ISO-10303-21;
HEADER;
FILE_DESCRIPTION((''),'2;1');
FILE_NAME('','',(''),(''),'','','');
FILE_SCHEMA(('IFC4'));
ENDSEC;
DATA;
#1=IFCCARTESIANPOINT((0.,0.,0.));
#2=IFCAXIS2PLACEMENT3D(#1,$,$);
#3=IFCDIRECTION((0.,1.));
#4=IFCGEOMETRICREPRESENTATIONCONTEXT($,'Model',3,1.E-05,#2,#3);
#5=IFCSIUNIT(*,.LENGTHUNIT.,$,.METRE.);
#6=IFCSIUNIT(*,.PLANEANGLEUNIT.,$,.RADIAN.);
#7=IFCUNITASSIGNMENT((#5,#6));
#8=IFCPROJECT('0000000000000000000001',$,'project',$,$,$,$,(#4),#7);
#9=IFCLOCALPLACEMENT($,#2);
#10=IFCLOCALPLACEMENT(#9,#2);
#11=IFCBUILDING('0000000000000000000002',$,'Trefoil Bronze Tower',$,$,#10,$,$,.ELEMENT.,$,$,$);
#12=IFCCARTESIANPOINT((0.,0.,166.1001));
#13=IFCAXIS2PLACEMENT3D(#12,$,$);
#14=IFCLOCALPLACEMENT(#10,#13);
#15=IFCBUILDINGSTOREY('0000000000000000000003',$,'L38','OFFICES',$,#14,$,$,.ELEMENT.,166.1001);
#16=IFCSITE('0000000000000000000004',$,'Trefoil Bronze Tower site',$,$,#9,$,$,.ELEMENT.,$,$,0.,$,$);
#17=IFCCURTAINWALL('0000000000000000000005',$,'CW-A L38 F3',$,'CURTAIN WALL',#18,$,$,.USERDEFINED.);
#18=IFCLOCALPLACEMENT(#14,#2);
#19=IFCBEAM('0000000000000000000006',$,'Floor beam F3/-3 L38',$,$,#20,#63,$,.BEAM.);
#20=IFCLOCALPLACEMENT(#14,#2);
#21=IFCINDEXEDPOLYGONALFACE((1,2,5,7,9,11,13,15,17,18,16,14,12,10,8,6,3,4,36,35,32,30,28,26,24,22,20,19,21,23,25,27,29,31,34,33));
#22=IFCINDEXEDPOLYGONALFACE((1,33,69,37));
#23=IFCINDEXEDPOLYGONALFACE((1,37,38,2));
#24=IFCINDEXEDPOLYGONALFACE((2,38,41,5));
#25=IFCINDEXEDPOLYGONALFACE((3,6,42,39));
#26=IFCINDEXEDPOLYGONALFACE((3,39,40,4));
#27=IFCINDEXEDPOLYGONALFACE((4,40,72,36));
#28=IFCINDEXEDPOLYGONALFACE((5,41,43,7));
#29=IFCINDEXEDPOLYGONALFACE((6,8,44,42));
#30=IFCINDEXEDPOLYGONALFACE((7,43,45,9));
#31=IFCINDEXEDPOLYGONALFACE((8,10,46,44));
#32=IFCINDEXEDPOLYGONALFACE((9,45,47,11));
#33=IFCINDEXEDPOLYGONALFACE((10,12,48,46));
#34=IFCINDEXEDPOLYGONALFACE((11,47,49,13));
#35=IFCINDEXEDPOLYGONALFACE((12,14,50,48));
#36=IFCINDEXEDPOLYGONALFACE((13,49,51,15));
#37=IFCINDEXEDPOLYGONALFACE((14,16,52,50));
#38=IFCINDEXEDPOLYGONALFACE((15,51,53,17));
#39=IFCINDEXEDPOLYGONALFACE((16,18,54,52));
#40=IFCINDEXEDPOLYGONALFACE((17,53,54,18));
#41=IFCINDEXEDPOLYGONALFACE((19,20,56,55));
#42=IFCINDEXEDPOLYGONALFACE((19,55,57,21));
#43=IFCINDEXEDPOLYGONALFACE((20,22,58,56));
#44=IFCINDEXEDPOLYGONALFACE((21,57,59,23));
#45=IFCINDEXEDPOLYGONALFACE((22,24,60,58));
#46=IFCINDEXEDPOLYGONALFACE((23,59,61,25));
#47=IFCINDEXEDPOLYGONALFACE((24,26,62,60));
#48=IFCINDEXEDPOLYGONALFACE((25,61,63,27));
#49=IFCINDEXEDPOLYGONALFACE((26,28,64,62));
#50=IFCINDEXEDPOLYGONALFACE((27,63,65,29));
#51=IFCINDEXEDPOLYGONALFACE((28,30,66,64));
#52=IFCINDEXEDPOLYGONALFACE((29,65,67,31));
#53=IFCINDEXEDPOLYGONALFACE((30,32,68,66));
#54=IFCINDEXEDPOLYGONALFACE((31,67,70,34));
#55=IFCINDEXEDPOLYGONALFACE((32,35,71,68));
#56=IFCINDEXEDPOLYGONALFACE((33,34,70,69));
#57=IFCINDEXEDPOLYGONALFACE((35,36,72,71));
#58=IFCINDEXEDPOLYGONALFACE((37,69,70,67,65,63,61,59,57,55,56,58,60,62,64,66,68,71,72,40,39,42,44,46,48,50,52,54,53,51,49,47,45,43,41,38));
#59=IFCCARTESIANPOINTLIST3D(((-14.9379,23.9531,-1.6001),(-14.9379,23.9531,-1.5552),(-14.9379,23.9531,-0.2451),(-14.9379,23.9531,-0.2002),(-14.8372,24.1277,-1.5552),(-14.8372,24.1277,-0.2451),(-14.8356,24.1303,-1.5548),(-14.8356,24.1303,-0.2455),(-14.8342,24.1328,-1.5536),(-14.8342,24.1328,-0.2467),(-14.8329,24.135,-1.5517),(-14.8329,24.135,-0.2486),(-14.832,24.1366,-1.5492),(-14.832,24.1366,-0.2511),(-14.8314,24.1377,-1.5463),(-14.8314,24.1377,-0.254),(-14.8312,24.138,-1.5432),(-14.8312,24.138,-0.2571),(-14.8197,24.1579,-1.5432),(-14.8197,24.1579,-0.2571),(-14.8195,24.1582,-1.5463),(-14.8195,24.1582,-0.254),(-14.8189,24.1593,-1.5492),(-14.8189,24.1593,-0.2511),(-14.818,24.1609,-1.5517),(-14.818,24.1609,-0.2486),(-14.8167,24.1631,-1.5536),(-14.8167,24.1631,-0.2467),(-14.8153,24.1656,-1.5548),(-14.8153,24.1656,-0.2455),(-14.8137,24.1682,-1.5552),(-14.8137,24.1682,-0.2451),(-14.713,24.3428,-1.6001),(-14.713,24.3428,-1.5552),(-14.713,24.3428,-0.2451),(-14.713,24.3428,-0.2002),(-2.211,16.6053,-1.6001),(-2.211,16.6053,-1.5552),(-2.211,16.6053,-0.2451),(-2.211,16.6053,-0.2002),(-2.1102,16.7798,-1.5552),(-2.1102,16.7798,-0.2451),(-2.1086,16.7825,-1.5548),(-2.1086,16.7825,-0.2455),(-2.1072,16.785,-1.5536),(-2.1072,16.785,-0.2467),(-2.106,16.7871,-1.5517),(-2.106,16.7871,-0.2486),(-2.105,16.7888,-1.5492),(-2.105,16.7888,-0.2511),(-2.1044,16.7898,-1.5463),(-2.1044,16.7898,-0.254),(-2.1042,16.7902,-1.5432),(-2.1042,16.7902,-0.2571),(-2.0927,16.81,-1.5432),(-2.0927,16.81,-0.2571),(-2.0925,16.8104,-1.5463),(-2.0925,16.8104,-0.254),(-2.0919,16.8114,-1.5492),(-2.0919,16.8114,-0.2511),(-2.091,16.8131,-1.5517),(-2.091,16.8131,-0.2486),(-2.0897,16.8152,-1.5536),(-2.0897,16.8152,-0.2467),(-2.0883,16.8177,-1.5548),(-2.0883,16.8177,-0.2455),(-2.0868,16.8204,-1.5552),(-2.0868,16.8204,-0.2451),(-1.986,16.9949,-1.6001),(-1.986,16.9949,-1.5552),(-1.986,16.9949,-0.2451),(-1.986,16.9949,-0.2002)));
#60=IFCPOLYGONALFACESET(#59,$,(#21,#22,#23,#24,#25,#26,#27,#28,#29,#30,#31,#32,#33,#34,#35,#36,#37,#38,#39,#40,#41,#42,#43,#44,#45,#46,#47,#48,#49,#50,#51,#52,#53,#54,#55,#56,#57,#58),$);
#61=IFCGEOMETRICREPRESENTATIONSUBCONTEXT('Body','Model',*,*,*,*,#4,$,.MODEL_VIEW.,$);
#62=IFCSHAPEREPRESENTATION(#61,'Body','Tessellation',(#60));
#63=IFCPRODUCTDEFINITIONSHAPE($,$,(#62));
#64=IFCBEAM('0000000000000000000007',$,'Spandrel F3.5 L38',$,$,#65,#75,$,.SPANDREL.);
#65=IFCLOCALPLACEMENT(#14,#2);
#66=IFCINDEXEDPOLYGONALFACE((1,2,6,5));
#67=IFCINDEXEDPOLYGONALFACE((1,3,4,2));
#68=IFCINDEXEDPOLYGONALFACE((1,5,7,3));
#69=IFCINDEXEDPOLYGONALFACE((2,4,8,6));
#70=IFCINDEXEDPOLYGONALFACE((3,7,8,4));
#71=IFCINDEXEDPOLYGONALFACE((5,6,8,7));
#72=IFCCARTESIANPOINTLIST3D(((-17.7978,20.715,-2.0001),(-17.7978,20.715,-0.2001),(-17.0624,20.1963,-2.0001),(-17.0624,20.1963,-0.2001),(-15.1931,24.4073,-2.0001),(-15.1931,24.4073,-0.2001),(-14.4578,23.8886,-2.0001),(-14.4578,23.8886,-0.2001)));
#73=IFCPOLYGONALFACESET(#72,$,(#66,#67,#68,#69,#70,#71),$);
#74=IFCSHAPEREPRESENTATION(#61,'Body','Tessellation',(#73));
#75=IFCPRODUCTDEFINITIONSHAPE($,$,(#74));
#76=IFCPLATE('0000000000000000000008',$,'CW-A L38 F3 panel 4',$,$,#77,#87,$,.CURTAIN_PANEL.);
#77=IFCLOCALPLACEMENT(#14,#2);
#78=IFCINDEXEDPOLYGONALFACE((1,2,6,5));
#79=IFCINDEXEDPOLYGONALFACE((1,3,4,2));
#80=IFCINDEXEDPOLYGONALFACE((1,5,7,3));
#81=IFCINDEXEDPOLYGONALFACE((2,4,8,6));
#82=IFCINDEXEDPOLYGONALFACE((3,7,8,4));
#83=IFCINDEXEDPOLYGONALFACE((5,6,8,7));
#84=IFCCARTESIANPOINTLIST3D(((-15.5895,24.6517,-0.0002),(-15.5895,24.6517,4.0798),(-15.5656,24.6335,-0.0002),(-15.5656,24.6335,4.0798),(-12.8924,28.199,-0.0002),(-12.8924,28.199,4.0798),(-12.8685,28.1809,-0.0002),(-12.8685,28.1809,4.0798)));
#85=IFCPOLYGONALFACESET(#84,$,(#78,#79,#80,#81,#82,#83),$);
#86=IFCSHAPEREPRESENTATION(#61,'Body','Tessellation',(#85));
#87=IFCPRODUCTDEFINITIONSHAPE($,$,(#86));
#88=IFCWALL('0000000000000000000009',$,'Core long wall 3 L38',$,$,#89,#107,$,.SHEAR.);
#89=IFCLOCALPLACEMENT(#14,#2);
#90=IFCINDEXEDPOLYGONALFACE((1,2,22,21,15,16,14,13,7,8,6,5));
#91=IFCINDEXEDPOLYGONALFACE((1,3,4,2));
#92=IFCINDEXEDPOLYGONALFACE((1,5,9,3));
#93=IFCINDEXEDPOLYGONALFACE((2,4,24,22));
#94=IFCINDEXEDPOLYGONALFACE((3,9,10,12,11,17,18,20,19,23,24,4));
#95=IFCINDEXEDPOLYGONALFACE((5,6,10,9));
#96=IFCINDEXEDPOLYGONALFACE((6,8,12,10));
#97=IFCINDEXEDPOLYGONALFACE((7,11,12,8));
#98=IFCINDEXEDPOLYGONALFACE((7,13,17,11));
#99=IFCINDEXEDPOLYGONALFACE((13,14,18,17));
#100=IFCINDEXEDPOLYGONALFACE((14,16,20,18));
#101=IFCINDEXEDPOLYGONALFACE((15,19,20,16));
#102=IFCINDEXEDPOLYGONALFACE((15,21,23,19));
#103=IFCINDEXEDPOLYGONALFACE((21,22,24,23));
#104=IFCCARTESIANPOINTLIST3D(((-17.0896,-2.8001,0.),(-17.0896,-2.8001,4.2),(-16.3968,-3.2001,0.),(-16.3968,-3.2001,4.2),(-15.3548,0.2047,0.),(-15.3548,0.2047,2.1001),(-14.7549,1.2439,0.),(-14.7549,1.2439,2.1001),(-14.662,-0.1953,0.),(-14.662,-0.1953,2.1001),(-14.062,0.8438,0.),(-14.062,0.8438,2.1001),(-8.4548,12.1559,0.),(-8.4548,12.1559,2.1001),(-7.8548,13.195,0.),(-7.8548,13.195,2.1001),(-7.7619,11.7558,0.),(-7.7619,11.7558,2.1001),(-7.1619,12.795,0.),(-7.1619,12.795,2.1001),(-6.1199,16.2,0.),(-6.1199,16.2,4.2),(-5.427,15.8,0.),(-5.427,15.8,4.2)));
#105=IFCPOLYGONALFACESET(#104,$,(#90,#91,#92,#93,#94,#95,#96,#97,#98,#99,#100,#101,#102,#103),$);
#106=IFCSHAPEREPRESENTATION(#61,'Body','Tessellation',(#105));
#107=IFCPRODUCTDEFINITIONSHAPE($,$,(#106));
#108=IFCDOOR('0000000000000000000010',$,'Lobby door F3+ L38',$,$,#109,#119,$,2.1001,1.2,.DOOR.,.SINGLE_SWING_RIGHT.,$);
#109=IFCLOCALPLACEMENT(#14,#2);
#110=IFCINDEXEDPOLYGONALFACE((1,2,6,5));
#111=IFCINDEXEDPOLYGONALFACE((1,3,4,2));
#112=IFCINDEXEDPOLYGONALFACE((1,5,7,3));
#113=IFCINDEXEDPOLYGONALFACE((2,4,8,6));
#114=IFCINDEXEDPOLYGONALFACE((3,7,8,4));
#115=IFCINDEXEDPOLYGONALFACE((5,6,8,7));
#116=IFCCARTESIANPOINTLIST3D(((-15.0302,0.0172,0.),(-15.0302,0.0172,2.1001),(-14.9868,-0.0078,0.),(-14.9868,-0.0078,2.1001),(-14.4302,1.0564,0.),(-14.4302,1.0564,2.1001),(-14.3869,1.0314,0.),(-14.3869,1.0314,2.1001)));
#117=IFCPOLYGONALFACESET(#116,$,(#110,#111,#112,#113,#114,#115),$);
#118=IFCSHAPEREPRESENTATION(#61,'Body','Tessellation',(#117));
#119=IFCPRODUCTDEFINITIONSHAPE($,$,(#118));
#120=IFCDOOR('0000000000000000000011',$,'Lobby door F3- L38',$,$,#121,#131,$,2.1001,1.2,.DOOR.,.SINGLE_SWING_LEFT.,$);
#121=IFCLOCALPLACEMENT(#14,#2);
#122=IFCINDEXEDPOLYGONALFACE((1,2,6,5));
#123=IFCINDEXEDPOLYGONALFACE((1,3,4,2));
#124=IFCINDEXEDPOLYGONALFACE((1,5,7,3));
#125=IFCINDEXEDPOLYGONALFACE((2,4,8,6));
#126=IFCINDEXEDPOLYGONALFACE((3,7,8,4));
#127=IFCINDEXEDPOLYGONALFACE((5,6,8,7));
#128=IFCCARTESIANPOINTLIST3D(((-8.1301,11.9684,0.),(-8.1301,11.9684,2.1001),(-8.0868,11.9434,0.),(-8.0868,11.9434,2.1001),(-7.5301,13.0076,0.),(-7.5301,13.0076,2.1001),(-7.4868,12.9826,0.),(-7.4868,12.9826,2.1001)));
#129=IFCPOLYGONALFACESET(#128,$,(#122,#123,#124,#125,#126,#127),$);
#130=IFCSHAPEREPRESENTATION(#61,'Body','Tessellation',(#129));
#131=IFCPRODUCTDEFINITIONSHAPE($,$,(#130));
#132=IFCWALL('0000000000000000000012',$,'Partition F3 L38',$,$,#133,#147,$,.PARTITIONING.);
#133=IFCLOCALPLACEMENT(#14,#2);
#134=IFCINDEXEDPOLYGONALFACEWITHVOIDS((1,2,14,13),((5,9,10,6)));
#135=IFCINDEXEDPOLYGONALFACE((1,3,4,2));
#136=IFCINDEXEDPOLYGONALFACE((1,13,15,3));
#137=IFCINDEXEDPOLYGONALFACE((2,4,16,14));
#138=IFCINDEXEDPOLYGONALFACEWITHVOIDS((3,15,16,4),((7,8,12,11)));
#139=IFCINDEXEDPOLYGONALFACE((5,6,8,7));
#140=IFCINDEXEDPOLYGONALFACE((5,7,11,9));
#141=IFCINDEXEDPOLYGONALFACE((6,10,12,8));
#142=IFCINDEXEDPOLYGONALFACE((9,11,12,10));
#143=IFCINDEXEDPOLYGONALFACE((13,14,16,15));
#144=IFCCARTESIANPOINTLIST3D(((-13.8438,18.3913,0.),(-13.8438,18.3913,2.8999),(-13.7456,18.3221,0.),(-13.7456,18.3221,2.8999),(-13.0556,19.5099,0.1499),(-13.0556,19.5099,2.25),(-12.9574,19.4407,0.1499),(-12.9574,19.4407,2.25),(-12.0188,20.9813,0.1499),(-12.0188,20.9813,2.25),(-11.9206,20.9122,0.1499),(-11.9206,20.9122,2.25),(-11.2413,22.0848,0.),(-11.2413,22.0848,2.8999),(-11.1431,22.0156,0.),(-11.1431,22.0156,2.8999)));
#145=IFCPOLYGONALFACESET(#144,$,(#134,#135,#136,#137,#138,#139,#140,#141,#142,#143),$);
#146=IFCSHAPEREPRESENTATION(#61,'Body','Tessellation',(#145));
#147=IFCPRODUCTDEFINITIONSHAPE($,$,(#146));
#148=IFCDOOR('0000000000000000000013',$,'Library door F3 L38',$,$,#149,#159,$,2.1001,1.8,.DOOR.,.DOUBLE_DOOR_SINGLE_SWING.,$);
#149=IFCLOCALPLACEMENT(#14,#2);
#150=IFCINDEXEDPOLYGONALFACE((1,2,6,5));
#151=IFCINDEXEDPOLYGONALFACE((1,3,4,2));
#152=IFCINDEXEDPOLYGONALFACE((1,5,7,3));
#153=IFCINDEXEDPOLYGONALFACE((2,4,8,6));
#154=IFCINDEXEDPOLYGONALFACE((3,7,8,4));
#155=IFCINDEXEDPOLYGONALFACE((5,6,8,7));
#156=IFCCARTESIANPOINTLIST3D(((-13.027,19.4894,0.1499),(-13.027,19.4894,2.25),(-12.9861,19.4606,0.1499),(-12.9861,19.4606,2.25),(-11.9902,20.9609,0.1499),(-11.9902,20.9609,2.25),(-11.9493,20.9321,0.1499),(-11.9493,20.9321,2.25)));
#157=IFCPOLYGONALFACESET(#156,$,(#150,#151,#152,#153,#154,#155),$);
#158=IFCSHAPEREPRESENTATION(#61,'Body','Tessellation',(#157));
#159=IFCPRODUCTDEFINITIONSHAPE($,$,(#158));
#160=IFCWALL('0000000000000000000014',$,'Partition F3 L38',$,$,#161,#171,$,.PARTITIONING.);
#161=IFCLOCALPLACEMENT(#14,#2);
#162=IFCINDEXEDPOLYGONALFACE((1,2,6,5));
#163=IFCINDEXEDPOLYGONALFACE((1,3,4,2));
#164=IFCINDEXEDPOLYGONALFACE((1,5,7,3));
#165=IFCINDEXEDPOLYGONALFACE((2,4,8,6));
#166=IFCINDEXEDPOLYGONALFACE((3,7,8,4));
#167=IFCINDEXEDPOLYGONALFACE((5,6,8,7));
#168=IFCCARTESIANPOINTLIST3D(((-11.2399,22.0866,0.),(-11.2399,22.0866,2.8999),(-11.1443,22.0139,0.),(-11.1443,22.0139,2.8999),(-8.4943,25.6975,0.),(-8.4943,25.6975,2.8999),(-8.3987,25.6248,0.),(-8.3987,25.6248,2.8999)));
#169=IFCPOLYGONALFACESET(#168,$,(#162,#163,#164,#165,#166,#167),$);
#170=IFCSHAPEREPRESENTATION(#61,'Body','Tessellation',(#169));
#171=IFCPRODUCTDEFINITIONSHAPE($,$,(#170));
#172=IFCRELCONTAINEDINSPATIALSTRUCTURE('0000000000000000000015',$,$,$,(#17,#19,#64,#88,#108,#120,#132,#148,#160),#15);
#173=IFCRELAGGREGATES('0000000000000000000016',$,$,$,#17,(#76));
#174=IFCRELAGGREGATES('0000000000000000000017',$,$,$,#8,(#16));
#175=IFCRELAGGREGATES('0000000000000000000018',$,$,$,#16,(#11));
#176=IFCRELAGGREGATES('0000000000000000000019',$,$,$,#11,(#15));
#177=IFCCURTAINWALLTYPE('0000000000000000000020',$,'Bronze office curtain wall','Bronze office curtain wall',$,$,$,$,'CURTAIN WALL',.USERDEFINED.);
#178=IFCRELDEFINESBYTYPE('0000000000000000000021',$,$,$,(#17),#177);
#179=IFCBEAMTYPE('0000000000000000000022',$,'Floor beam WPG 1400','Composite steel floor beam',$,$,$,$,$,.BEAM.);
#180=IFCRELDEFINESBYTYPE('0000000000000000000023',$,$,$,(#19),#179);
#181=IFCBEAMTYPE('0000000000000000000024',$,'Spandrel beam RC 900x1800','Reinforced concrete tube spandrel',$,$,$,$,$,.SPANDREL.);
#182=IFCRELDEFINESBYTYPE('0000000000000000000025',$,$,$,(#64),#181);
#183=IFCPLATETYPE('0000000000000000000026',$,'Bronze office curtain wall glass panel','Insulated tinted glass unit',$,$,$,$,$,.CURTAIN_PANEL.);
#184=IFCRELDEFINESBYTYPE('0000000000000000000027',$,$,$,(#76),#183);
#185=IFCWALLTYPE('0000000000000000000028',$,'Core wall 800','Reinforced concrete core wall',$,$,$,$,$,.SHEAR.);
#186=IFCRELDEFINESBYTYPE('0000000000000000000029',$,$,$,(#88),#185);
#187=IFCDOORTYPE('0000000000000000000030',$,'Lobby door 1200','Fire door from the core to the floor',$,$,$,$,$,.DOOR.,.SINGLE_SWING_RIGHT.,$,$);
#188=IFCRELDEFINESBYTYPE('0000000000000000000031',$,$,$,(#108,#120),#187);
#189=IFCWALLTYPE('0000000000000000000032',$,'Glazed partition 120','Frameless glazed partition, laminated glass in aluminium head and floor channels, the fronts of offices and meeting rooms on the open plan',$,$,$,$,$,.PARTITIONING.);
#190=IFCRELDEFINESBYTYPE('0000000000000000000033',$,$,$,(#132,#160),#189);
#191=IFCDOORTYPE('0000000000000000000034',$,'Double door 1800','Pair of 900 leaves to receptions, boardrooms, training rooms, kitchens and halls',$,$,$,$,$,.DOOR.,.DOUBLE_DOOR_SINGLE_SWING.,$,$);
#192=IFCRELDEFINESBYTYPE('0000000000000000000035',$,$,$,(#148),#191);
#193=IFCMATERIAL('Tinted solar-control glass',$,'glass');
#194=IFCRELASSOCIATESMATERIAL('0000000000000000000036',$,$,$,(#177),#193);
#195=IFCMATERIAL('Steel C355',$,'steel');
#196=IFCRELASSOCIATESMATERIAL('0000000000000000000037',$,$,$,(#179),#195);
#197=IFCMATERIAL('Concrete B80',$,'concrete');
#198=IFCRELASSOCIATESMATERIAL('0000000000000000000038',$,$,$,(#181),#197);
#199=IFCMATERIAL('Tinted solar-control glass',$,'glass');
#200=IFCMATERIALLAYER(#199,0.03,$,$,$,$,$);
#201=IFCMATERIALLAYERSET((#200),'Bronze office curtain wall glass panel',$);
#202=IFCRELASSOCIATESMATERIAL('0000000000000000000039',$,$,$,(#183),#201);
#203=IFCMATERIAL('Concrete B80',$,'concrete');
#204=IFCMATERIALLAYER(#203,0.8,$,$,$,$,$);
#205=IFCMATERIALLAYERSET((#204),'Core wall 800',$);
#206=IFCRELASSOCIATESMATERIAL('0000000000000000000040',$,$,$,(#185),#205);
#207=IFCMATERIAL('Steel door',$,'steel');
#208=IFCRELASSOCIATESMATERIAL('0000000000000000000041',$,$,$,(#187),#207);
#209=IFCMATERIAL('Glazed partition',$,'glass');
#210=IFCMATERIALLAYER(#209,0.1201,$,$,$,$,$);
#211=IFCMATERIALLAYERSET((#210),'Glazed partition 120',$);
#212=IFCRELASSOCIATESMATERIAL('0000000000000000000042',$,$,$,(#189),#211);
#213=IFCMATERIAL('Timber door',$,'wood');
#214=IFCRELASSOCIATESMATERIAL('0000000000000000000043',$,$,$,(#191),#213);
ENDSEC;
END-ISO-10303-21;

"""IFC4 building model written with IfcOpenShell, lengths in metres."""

from ifc_helpers import new_model, si_unit, direction, frame, frame_2d, origin, origin_2d, place, context, subcontext, project, spatial, rectangle, i_section, extrude, material, layer, layer_set, material_profile, profile_set, type_object, element, fill, aggregate, save


model = new_model("IFC4")

# Units and contexts
model_context = context("Model", 3, precision=1e-05, world=origin(), true_north=direction((0.0, 1.0)))
body_context = subcontext(model_context, "Body", "Model", "MODEL_VIEW")
ifc_project = project(units=[si_unit("LENGTHUNIT", "METRE"), si_unit("PLANEANGLEUNIT", "RADIAN")], contexts=[model_context])

# Site, building, storey
site_placement = place(None, origin())
site = spatial("IfcSite", under=ifc_project, at=site_placement, Name="Trefoil Bronze Tower site", CompositionType="ELEMENT", RefElevation=0.0)
building_placement = place(site_placement, origin())
building = spatial("IfcBuilding", under=site, at=building_placement, Name="Trefoil Bronze Tower", CompositionType="ELEMENT")
storey_placement = place(building_placement, frame((0.0, 0.0, 166.1001)))
storey = spatial("IfcBuildingStorey", under=building, at=storey_placement, Name="L38", Description="OFFICES", CompositionType="ELEMENT", Elevation=166.1001)

# Curtain wall
ifc_material_1 = material(Name="Tinted solar-control glass", Category="glass")
curtain_wall_type = type_object("IfcCurtainWallType", Name="Bronze office curtain wall", Description="Bronze office curtain wall", ElementType="CURTAIN WALL", PredefinedType="USERDEFINED", material=ifc_material_1)
curtain_wall_placement = place(storey_placement, origin())
curtain_wall = element("IfcCurtainWall", 1, at=curtain_wall_placement, inside=storey, type_object=curtain_wall_type, Name="CW-A L38 F3", ObjectType="CURTAIN WALL", PredefinedType="USERDEFINED")

# Beams
ifc_material_2 = material(Name="Steel C355", Category="steel")
ifc_material_profile_1 = material_profile(ifc_material_2, i_section(OverallWidth=0.45, OverallDepth=1.3999, WebThickness=0.0229, FlangeThickness=0.0449, FilletRadius=0.012, at=origin_2d()), Name="WPG 1400")
ifc_profile_set_1 = profile_set([ifc_material_profile_1], Name="Steel C355")
beam_type_1 = type_object("IfcBeamType", Name="Floor beam WPG 1400", Description="Composite steel floor beam", PredefinedType="BEAM", material=ifc_profile_set_1)
beam_1_placement = place(storey_placement, frame((-14.8254, 24.1479, -0.9001), z_axis=(0.866027, -0.499997, 0.0), x_axis=(0.499997, 0.866027, 0.0)))
element("IfcBeam", 2, at=beam_1_placement, inside=storey, type_object=beam_type_1, Name="Floor beam F3/-3 L38", PredefinedType="BEAM", context=body_context, shape_type="SweptSolid", body=[
    extrude(i_section(OverallWidth=0.45, OverallDepth=1.3999, WebThickness=0.0229, FlangeThickness=0.0449, FilletRadius=0.012, at=origin_2d()), origin(), (0.0, 0.0, 1.0), 14.6958),
])
ifc_material_3 = material(Name="Concrete B80", Category="concrete")
ifc_material_profile_2 = material_profile(ifc_material_3, rectangle(XDim=0.8999, YDim=1.8, at=origin_2d()), Name="RC 900x1800")
ifc_profile_set_2 = profile_set([ifc_material_profile_2], Name="Concrete B80")
beam_type_2 = type_object("IfcBeamType", Name="Spandrel beam RC 900x1800", Description="Reinforced concrete tube spandrel", PredefinedType="SPANDREL", material=ifc_profile_set_2)
beam_2_placement = place(storey_placement, frame((-14.8254, 24.1479, -1.1001), z_axis=(-0.576439, -0.81714, 0.0), x_axis=(0.81714, -0.576439, 0.0)))
element("IfcBeam", 3, at=beam_2_placement, inside=storey, type_object=beam_type_2, Name="Spandrel F3.5 L38", PredefinedType="SPANDREL", context=body_context, shape_type="SweptSolid", body=[
    extrude(rectangle(XDim=0.8999, YDim=1.8, at=origin_2d()), origin(), (0.0, 0.0, 1.0), 4.5186),
])

# Plate
ifc_material_4 = material(Name="Tinted solar-control glass", Category="glass")
ifc_layer_1 = layer(ifc_material_4, 0.03)
ifc_layer_set_1 = layer_set([ifc_layer_1], Name="Bronze office curtain wall glass panel")
plate_type = type_object("IfcPlateType", Name="Bronze office curtain wall glass panel", Description="Insulated tinted glass unit", PredefinedType="CURTAIN_PANEL", material=ifc_layer_set_1)
plate_placement = place(storey_placement, frame((-14.229, 26.4163, -0.0002), z_axis=(0.0, 0.0, 1.0), x_axis=(-0.605252, -0.796034, 0.0)))
plate = element("IfcPlate", 4, at=plate_placement, type_object=plate_type, Name="CW-A L38 F3 panel 4", PredefinedType="CURTAIN_PANEL", context=body_context, shape_type="SweptSolid", body=[
    extrude(rectangle(XDim=4.4563, YDim=0.03, at=origin_2d()), origin(), (0.0, 0.0, 1.0), 4.0801),
])
aggregate(curtain_wall, [plate])

# Wall, openings, doors
ifc_material_5 = material(Name="Concrete B80", Category="concrete")
ifc_layer_2 = layer(ifc_material_5, 0.8)
ifc_layer_set_2 = layer_set([ifc_layer_2], Name="Core wall 800")
wall_type_1 = type_object("IfcWallType", Name="Core wall 800", Description="Reinforced concrete core wall", PredefinedType="SHEAR", material=ifc_layer_set_2)
wall_1_placement = place(storey_placement, frame((-5.7734, 16.0, 0.0), z_axis=(0.0, 0.0, 1.0), x_axis=(-0.500002, -0.866024, 0.0)))
wall_1 = element("IfcWall", 5, at=wall_1_placement, inside=storey, type_object=wall_type_1, Name="Core long wall 3 L38", PredefinedType="SHEAR", context=body_context, shape_type="SweptSolid", body=[
    extrude(rectangle(XDim=21.9395, YDim=0.8, at=frame_2d((10.9697, 0.0))), origin(), (0.0, 0.0, 1.0), 4.2),
])
opening_1_placement = place(wall_1_placement, frame((17.2698, 0.0, 0.0)))
opening_1 = element("IfcOpeningElement", 6, at=opening_1_placement, cuts=wall_1, PredefinedType="OPENING", context=body_context, shape_type="SweptSolid", body=[
    extrude(rectangle(XDim=1.2, YDim=2.1001, at=frame_2d((0.6001, 1.05))), frame((0.0, 0.4099, 0.0), z_axis=(0.0, -1.0, 0.0), x_axis=(1.0, 0.0, 0.0)), (0.0, 0.0, 1.0), 0.8201),
])
opening_2_placement = place(wall_1_placement, frame((3.4697, 0.0, 0.0)))
opening_2 = element("IfcOpeningElement", 7, at=opening_2_placement, cuts=wall_1, PredefinedType="OPENING", context=body_context, shape_type="SweptSolid", body=[
    extrude(rectangle(XDim=1.2, YDim=2.1001, at=frame_2d((0.6001, 1.05))), frame((0.0, 0.4099, 0.0), z_axis=(0.0, -1.0, 0.0), x_axis=(1.0, 0.0, 0.0)), (0.0, 0.0, 1.0), 0.8201),
])
ifc_material_6 = material(Name="Steel door", Category="steel")
door_type_1 = type_object("IfcDoorType", Name="Lobby door 1200", Description="Fire door from the core to the floor", OperationType="SINGLE_SWING_RIGHT", PredefinedType="DOOR", material=ifc_material_6)
door_1_placement = place(opening_1_placement, origin())
door_1 = element("IfcDoor", 8, at=door_1_placement, inside=storey, type_object=door_type_1, Name="Lobby door F3+ L38", OperationType="SINGLE_SWING_RIGHT", OverallHeight=2.1001, OverallWidth=1.2, PredefinedType="DOOR", context=body_context, shape_type="SweptSolid", body=[
    extrude(rectangle(XDim=1.2, YDim=2.1001, at=frame_2d((0.6001, 1.05))), frame((0.0, 0.0249, 0.0), z_axis=(0.0, -1.0, 0.0), x_axis=(1.0, 0.0, 0.0)), (0.0, 0.0, 1.0), 0.05),
])
fill(opening_1, door_1)
door_2_placement = place(opening_2_placement, origin())
door_2 = element("IfcDoor", 9, at=door_2_placement, inside=storey, type_object=door_type_1, Name="Lobby door F3- L38", OperationType="SINGLE_SWING_LEFT", OverallHeight=2.1001, OverallWidth=1.2, PredefinedType="DOOR", context=body_context, shape_type="SweptSolid", body=[
    extrude(rectangle(XDim=1.2, YDim=2.1001, at=frame_2d((0.6001, 1.05))), frame((0.0, 0.0249, 0.0), z_axis=(0.0, -1.0, 0.0), x_axis=(1.0, 0.0, 0.0)), (0.0, 0.0, 1.0), 0.05),
])
fill(opening_2, door_2)

# Wall, opening, door
ifc_material_7 = material(Name="Glazed partition", Category="glass")
ifc_layer_3 = layer(ifc_material_7, 0.1201)
ifc_layer_set_3 = layer_set([ifc_layer_3], Name="Glazed partition 120")
wall_type_2 = type_object("IfcWallType", Name="Glazed partition 120", Description="Frameless glazed partition, laminated glass in aluminium head and floor channels, the fronts of offices and meeting rooms on the open plan", PredefinedType="PARTITIONING", material=ifc_layer_set_3)
wall_2_placement = place(storey_placement, frame((-11.1921, 22.0503, 0.0), z_axis=(0.0, 0.0, 1.0), x_axis=(-0.575987, -0.817459, 0.0)))
wall_2 = element("IfcWall", 10, at=wall_2_placement, inside=storey, type_object=wall_type_2, Name="Partition F3 L38", PredefinedType="PARTITIONING", context=body_context, shape_type="SweptSolid", body=[
    extrude(rectangle(XDim=4.5183, YDim=0.1201, at=frame_2d((2.2593, 0.0))), origin(), (0.0, 0.0, 1.0), 2.8999),
])
opening_3_placement = place(wall_2_placement, frame((1.3501, 0.0, 0.1499)))
opening_3 = element("IfcOpeningElement", 11, at=opening_3_placement, cuts=wall_2, PredefinedType="OPENING", context=body_context, shape_type="SweptSolid", body=[
    extrude(rectangle(XDim=1.8, YDim=2.1001, at=frame_2d((0.8999, 1.05))), frame((0.0, 0.0701, 0.0), z_axis=(0.0, -1.0, 0.0), x_axis=(1.0, 0.0, 0.0)), (0.0, 0.0, 1.0), 0.1401),
])
ifc_material_8 = material(Name="Timber door", Category="wood")
door_type_2 = type_object("IfcDoorType", Name="Double door 1800", Description="Pair of 900 leaves to receptions, boardrooms, training rooms, kitchens and halls", OperationType="DOUBLE_DOOR_SINGLE_SWING", PredefinedType="DOOR", material=ifc_material_8)
door_3_placement = place(opening_3_placement, frame((1.8, 0.0, 0.0), z_axis=(0.0, 0.0, 1.0), x_axis=(-1.0, 0.0, 0.0)))
door_3 = element("IfcDoor", 12, at=door_3_placement, inside=storey, type_object=door_type_2, Name="Library door F3 L38", OperationType="DOUBLE_DOOR_SINGLE_SWING", OverallHeight=2.1001, OverallWidth=1.8, PredefinedType="DOOR", context=body_context, shape_type="SweptSolid", body=[
    extrude(rectangle(XDim=1.8, YDim=2.1001, at=frame_2d((0.8999, 1.05))), frame((0.0, 0.0249, 0.0), z_axis=(0.0, -1.0, 0.0), x_axis=(1.0, 0.0, 0.0)), (0.0, 0.0, 1.0), 0.05),
])
fill(opening_3, door_3)

# Wall
wall_3_placement = place(storey_placement, frame((-8.4465, 25.6611, 0.0), z_axis=(0.0, 0.0, 1.0), x_axis=(-0.605274, -0.796017, 0.0)))
element("IfcWall", 13, at=wall_3_placement, inside=storey, type_object=wall_type_2, Name="Partition F3 L38", PredefinedType="PARTITIONING", context=body_context, shape_type="SweptSolid", body=[
    extrude(rectangle(XDim=4.5361, YDim=0.1201, at=frame_2d((2.2681, 0.0))), origin(), (0.0, 0.0, 1.0), 2.8999),
])

save(model, "model.ifc")
